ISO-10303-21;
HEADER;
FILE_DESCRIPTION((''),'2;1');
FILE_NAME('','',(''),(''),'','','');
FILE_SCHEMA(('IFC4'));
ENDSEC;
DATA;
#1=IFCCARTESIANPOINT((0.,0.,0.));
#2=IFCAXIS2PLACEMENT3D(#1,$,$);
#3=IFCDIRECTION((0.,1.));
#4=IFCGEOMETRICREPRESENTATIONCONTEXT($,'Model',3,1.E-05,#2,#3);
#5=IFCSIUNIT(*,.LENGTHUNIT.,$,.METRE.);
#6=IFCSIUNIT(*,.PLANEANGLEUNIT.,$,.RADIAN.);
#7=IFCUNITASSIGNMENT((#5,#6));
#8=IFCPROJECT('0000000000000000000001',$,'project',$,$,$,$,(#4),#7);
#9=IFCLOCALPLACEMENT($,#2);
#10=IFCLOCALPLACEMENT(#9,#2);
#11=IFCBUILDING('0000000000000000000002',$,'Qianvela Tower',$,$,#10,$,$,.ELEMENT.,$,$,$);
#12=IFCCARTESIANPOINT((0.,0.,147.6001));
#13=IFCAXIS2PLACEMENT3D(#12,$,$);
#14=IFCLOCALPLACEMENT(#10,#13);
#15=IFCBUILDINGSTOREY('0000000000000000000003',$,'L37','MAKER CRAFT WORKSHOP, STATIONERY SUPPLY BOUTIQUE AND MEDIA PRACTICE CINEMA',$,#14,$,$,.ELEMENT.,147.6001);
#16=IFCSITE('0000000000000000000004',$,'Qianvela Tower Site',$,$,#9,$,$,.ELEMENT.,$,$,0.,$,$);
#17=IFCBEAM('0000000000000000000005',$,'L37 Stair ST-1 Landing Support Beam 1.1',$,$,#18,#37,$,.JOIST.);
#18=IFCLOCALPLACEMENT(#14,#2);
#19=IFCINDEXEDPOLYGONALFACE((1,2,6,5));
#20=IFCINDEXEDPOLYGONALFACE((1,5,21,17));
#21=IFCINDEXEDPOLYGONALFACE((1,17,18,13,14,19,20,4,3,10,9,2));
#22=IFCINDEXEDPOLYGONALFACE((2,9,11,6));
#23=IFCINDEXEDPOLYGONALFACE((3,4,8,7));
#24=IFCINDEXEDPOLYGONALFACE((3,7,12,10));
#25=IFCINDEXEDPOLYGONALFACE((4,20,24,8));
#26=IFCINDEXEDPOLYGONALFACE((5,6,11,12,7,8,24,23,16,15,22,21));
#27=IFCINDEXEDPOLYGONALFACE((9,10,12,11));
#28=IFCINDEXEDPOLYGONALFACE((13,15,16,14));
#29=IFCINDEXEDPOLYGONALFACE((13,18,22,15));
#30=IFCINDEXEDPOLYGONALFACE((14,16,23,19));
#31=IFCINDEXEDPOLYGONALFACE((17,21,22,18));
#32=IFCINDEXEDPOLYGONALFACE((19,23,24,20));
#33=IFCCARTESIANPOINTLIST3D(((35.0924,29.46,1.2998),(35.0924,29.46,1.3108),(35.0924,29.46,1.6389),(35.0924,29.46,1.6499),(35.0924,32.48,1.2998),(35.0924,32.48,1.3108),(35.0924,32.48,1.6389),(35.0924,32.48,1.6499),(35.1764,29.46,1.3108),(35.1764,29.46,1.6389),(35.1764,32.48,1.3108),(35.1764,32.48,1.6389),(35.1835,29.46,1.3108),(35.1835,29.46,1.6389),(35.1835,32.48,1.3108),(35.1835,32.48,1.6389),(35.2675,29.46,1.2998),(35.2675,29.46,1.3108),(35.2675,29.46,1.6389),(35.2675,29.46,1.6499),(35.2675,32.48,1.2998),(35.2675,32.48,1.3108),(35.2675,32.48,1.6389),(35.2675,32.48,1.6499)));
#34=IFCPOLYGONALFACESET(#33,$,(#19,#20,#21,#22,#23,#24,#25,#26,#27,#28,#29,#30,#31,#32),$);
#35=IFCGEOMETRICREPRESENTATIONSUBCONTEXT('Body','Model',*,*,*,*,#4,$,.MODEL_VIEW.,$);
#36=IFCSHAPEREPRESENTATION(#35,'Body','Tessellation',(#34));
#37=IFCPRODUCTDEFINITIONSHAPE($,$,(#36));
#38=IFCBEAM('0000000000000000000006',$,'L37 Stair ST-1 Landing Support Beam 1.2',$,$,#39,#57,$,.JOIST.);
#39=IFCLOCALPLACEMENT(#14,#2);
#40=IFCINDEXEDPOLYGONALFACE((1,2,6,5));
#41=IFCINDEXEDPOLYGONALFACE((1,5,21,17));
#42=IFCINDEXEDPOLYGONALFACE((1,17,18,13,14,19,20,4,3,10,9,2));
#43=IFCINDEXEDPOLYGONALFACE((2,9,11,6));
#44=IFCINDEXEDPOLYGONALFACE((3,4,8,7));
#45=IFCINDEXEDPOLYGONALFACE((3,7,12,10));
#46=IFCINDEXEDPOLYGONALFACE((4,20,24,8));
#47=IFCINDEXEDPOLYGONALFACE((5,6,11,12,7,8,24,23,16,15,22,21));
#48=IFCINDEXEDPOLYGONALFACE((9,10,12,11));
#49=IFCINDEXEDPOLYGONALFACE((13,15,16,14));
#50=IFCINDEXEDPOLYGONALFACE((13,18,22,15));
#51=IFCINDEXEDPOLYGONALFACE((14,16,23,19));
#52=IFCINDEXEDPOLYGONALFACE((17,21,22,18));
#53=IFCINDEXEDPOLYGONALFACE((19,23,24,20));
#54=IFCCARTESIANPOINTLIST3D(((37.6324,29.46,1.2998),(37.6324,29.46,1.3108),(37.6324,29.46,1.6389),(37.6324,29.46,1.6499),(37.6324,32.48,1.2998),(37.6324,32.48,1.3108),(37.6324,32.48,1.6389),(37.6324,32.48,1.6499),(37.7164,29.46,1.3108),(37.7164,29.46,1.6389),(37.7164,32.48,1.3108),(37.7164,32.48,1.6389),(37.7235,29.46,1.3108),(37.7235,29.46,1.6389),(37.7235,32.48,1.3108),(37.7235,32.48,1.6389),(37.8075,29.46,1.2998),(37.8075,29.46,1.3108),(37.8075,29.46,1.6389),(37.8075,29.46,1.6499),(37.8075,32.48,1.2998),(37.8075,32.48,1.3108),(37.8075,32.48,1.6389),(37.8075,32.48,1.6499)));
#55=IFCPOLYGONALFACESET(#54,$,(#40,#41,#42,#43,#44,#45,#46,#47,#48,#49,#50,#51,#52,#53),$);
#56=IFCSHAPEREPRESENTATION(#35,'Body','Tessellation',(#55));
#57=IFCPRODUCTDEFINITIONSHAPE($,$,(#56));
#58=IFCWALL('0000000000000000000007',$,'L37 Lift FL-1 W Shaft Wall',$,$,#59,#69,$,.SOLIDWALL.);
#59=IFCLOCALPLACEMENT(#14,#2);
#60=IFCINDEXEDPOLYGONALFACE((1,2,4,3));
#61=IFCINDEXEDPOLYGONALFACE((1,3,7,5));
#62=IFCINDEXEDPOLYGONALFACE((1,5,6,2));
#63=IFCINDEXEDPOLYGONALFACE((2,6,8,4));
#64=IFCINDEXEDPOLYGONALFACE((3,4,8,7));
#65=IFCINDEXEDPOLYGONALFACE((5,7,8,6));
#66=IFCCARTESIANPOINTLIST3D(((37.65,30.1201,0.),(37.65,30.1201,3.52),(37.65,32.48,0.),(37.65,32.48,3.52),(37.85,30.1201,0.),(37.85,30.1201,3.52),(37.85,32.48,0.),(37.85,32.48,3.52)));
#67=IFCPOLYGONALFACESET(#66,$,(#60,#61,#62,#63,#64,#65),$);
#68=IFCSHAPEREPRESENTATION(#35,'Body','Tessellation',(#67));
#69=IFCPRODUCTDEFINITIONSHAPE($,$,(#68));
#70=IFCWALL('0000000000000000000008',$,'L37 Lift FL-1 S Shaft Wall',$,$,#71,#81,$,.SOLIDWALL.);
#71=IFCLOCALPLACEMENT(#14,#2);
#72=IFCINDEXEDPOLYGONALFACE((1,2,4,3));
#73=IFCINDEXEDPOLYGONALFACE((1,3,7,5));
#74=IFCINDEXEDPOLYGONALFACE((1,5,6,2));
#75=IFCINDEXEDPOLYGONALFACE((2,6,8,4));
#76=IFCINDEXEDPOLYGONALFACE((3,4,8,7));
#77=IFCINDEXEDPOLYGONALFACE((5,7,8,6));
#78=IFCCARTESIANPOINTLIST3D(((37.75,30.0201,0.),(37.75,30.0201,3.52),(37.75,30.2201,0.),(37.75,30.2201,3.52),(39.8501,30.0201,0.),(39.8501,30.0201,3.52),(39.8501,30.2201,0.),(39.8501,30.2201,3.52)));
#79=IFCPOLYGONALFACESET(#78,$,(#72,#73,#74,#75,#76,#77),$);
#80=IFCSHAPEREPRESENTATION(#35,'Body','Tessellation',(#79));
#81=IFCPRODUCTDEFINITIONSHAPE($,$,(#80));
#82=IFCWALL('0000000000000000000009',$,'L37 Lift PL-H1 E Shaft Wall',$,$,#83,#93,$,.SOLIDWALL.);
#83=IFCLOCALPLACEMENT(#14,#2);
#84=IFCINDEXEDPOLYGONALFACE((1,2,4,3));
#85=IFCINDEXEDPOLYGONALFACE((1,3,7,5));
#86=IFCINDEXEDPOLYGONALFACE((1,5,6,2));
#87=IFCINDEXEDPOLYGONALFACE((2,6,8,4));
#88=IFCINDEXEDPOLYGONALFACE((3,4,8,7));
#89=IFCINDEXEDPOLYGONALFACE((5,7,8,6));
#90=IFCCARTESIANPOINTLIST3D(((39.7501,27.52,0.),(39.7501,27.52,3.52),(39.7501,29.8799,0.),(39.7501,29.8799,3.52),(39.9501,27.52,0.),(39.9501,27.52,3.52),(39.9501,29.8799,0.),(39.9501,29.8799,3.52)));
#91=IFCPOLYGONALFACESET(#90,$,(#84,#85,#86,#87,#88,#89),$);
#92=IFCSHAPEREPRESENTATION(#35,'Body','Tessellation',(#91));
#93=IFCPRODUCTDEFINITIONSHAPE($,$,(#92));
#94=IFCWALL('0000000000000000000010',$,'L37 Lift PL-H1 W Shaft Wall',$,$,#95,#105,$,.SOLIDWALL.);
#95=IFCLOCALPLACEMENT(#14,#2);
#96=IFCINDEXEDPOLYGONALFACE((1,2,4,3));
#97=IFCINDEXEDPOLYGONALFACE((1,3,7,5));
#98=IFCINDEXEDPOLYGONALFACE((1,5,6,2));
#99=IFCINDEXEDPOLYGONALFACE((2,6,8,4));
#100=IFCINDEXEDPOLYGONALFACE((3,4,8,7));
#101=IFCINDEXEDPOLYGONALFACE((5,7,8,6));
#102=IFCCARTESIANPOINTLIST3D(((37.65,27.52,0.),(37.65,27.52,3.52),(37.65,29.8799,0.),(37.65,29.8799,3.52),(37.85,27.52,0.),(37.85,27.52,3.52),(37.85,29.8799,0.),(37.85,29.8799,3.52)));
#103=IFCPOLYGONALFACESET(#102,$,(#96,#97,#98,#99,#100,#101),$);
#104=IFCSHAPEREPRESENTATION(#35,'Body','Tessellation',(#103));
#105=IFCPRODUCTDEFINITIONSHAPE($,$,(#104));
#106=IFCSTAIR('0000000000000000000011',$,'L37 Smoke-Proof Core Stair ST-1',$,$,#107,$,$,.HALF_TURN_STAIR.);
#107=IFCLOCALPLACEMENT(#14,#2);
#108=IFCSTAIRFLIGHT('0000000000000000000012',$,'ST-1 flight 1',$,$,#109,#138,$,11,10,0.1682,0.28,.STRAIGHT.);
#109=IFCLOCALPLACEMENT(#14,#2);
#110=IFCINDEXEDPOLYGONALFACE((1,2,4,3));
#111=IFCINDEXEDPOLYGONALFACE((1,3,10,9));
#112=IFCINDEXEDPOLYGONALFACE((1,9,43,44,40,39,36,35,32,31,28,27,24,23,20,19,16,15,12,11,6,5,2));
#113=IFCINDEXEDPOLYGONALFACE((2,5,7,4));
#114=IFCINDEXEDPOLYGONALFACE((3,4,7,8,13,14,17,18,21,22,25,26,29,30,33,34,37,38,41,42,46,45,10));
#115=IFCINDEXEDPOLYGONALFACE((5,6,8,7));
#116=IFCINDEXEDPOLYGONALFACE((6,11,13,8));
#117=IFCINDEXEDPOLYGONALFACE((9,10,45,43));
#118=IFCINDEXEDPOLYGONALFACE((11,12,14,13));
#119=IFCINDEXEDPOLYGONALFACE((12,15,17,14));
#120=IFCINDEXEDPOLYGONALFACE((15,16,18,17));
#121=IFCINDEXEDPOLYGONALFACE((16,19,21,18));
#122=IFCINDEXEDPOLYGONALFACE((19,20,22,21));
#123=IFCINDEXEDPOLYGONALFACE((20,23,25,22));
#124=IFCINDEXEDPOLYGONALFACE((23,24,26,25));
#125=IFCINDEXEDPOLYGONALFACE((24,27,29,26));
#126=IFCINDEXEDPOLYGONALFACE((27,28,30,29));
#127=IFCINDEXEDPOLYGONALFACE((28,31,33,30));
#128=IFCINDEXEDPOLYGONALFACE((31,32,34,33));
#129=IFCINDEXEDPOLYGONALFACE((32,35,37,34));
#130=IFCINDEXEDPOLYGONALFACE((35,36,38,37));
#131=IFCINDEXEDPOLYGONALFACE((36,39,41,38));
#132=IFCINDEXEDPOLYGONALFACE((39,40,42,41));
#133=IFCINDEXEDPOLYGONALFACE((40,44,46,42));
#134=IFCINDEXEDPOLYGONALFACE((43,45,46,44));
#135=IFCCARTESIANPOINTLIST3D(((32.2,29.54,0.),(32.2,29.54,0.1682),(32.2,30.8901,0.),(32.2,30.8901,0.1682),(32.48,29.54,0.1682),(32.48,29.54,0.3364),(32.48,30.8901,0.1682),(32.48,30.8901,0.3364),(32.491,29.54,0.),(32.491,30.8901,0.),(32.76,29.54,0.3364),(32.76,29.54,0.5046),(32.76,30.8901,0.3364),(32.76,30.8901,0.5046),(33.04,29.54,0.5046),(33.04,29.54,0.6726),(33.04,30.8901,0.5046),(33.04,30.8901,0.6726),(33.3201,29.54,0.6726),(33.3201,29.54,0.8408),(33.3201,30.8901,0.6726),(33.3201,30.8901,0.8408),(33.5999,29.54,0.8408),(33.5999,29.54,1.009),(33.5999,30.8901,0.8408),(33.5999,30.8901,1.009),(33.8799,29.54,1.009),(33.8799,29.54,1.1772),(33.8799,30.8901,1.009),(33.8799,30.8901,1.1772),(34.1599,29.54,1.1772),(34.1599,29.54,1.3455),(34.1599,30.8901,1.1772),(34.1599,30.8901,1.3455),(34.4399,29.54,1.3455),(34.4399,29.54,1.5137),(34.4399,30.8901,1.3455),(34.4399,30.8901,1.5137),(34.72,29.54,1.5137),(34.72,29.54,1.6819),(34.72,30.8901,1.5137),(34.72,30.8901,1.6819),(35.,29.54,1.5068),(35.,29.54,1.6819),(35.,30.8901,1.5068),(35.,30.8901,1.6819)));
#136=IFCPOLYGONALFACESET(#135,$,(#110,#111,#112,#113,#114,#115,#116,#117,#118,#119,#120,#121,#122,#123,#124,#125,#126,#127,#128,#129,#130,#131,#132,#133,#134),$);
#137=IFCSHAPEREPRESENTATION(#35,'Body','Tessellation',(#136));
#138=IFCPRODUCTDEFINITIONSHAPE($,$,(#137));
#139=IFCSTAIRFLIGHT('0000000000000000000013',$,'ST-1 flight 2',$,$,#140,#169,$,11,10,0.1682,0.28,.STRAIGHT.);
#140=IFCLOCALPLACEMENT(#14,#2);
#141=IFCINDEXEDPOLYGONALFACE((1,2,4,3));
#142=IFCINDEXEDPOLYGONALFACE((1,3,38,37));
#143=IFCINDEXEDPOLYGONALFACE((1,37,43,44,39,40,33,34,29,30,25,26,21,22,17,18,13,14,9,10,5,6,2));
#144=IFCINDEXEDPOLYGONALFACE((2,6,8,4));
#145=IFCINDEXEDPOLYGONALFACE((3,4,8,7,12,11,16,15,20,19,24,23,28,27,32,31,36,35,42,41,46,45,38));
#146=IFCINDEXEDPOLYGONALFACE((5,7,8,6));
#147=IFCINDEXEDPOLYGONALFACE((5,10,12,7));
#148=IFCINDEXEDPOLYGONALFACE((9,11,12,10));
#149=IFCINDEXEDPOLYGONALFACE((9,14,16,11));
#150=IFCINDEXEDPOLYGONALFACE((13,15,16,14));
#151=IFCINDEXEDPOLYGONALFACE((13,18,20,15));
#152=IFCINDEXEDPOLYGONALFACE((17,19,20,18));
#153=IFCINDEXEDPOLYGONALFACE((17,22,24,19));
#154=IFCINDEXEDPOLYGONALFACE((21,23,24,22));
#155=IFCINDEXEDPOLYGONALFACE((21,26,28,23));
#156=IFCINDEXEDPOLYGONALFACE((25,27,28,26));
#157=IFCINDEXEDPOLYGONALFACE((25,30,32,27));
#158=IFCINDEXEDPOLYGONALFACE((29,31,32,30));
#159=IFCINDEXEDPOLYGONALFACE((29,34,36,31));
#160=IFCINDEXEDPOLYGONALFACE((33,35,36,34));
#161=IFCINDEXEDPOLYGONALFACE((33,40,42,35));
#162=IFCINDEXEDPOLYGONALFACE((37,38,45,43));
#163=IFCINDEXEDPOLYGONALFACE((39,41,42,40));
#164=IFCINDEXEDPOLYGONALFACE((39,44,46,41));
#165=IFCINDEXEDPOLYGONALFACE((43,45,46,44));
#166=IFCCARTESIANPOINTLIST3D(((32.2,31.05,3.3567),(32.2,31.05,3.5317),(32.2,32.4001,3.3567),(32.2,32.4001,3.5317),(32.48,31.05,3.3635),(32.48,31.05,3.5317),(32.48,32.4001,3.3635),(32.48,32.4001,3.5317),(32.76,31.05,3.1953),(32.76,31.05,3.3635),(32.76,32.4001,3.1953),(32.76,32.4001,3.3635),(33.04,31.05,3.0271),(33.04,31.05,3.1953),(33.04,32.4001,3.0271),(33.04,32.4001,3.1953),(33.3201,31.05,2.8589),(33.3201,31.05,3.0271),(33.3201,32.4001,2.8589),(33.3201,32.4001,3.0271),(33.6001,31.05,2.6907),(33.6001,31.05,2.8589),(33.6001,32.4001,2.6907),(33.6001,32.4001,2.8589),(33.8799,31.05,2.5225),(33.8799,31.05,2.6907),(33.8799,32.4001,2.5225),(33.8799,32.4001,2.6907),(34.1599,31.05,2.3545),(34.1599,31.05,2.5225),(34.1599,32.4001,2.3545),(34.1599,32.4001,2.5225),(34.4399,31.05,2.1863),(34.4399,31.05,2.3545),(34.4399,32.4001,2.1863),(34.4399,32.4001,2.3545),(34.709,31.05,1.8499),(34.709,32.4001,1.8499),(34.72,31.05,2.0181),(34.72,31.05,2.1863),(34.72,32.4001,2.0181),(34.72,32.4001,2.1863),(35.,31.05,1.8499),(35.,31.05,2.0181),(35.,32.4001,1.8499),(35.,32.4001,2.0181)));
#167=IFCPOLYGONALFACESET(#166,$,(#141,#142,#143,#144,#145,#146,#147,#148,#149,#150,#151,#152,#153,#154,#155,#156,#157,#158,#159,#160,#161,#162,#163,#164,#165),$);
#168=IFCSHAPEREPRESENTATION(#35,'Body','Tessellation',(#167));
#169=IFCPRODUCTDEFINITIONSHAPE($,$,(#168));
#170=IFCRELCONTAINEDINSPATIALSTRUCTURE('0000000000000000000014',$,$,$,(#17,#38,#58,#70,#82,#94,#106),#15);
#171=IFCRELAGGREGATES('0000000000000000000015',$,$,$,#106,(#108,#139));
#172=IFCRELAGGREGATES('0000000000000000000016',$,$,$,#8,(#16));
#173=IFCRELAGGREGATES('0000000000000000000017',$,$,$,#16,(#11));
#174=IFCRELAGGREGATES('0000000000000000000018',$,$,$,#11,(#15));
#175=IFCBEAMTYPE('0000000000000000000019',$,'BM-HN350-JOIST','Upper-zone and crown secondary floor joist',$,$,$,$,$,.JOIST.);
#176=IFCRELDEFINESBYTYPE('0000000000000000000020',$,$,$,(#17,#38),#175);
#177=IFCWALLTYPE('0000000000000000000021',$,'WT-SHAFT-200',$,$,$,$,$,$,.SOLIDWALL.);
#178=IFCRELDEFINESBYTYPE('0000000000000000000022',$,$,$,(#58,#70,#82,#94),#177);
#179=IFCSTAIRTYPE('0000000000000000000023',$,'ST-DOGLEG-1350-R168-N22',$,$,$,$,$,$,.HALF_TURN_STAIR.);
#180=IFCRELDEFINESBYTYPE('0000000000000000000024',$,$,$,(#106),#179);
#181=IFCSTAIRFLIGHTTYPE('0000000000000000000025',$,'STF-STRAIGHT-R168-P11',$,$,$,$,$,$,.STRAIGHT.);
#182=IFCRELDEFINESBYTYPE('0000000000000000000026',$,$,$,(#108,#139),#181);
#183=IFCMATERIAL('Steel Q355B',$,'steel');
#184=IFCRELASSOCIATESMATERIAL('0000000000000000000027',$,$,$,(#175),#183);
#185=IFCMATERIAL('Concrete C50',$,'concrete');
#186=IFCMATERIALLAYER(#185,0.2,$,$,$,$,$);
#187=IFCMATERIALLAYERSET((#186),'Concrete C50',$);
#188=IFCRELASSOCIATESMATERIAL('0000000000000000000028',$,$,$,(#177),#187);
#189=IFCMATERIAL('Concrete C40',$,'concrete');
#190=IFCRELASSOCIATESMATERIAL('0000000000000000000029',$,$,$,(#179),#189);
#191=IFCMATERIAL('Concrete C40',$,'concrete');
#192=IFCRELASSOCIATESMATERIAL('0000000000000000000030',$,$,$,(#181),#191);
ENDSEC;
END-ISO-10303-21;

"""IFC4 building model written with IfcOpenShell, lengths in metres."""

from ifc_helpers import new_model, si_unit, direction, frame, frame_2d, origin, origin_2d, place, context, subcontext, project, spatial, polyline, rectangle, i_section, outline, extrude, material, layer, layer_set, material_profile, profile_set, type_object, element, aggregate, save


model = new_model("IFC4")

# Units and contexts
model_context = context("Model", 3, precision=1e-05, world=origin(), true_north=direction((0.0, 1.0)))
body_context = subcontext(model_context, "Body", "Model", "MODEL_VIEW")
ifc_project = project(units=[si_unit("LENGTHUNIT", "METRE"), si_unit("PLANEANGLEUNIT", "RADIAN")], contexts=[model_context])

# Site, building, storey
site_placement = place(None, origin())
site = spatial("IfcSite", under=ifc_project, at=site_placement, Name="Qianvela Tower Site", CompositionType="ELEMENT", RefElevation=0.0)
building_placement = place(site_placement, origin())
building = spatial("IfcBuilding", under=site, at=building_placement, Name="Qianvela Tower", CompositionType="ELEMENT")
storey_placement = place(building_placement, frame((0.0, 0.0, 147.6001)))
storey = spatial("IfcBuildingStorey", under=building, at=storey_placement, Name="L37", Description="MAKER CRAFT WORKSHOP, STATIONERY SUPPLY BOUTIQUE AND MEDIA PRACTICE CINEMA", CompositionType="ELEMENT", Elevation=147.6001)

# Beams
ifc_material_1 = material(Name="Steel Q355B", Category="steel")
ifc_material_profile = material_profile(ifc_material_1, i_section(OverallWidth=0.175, OverallDepth=0.3501, WebThickness=0.0071, FlangeThickness=0.011, at=origin_2d()), Name="HN350x175x7x11")
ifc_profile_set = profile_set([ifc_material_profile], Name="Steel Q355B")
beam_type = type_object("IfcBeamType", Name="BM-HN350-JOIST", Description="Upper-zone and crown secondary floor joist", PredefinedType="JOIST", material=ifc_profile_set)
for number, where, z_axis, x_axis, name in (
    (1, (35.1799, 29.46, 1.4749), (0.0, 1.0, 0.0), (-1.0, 0.0, 0.0), "L37 Stair ST-1 Landing Support Beam 1.1"),
    (2, (37.72, 29.46, 1.4749), (0.0, 1.0, 0.0), (-1.0, 0.0, 0.0), "L37 Stair ST-1 Landing Support Beam 1.2"),
):
    element("IfcBeam", number, at=place(storey_placement, frame(where, z_axis=z_axis, x_axis=x_axis)), inside=storey, type_object=beam_type, Name=name, PredefinedType="JOIST", context=body_context, shape_type="SweptSolid", body=[
        extrude(i_section(OverallWidth=0.175, OverallDepth=0.3501, WebThickness=0.0071, FlangeThickness=0.011, at=origin_2d()), origin(), (0.0, 0.0, 1.0), 3.02),
    ])

# Shared definitions
ifc_material_2 = material(Name="Concrete C50", Category="concrete")
ifc_layer = layer(ifc_material_2, 0.2)
ifc_layer_set = layer_set([ifc_layer], Name="Concrete C50")
wall_type = type_object("IfcWallType", Name="WT-SHAFT-200", PredefinedType="SOLIDWALL", material=ifc_layer_set)

# Walls
wall_1_placement = place(storey_placement, frame((37.75, 30.1201, 0.0), z_axis=(0.0, 0.0, 1.0), x_axis=(0.0, 1.0, 0.0)))
element("IfcWall", 3, at=wall_1_placement, inside=storey, type_object=wall_type, Name="L37 Lift FL-1 W Shaft Wall", PredefinedType="SOLIDWALL", context=body_context, shape_type="SweptSolid", body=[
    extrude(rectangle(XDim=2.3599, YDim=0.2, at=frame_2d((1.1799, 0.0))), origin(), (0.0, 0.0, 1.0), 3.52),
])
wall_2_placement = place(storey_placement, frame((37.75, 30.1201, 0.0), z_axis=(0.0, 0.0, 1.0), x_axis=(1.0, 0.0, 0.0)))
element("IfcWall", 4, at=wall_2_placement, inside=storey, type_object=wall_type, Name="L37 Lift FL-1 S Shaft Wall", PredefinedType="SOLIDWALL", context=body_context, shape_type="SweptSolid", body=[
    extrude(rectangle(XDim=2.1001, YDim=0.2, at=frame_2d((1.05, 0.0))), origin(), (0.0, 0.0, 1.0), 3.52),
])
for number, where, z_axis, x_axis, name in (
    (5, (39.8501, 27.52, 0.0), (0.0, 0.0, 1.0), (0.0, 1.0, 0.0), "L37 Lift PL-H1 E Shaft Wall"),
    (6, (37.75, 27.52, 0.0), (0.0, 0.0, 1.0), (0.0, 1.0, 0.0), "L37 Lift PL-H1 W Shaft Wall"),
):
    element("IfcWall", number, at=place(storey_placement, frame(where, z_axis=z_axis, x_axis=x_axis)), inside=storey, type_object=wall_type, Name=name, PredefinedType="SOLIDWALL", context=body_context, shape_type="SweptSolid", body=[
        extrude(rectangle(XDim=2.3599, YDim=0.2, at=frame_2d((1.1799, 0.0))), origin(), (0.0, 0.0, 1.0), 3.52),
    ])

# Stair, stair flights
ifc_material_3 = material(Name="Concrete C40", Category="concrete")
stair_type = type_object("IfcStairType", Name="ST-DOGLEG-1350-R168-N22", PredefinedType="HALF_TURN_STAIR", material=ifc_material_3)
stair_placement = place(storey_placement, origin())
stair = element("IfcStair", 7, at=stair_placement, inside=storey, type_object=stair_type, Name="L37 Smoke-Proof Core Stair ST-1", PredefinedType="HALF_TURN_STAIR")
ifc_material_4 = material(Name="Concrete C40", Category="concrete")
stair_flight_type = type_object("IfcStairFlightType", Name="STF-STRAIGHT-R168-P11", PredefinedType="STRAIGHT", material=ifc_material_4)
stair_flight_1_placement = place(storey_placement, frame((32.2, 30.2151, 0.0), z_axis=(0.0, 0.0, 1.0), x_axis=(1.0, 0.0, 0.0)))
stair_flight_1 = element("IfcStairFlight", 8, at=stair_flight_1_placement, type_object=stair_flight_type, Name="ST-1 flight 1", NumberOfRisers=11, NumberOfTreads=10, PredefinedType="STRAIGHT", RiserHeight=0.1682, TreadLength=0.28, context=body_context, shape_type="SweptSolid", body=[
    extrude(outline(polyline([(0.0, 0.0), (0.0, 0.1682), (0.28, 0.1682), (0.28, 0.3364), (0.5601, 0.3364), (0.5601, 0.5046), (0.8401, 0.5046), (0.8401, 0.6726), (1.1201, 0.6726), (1.1201, 0.8408), (1.3999, 0.8408), (1.3999, 1.009), (1.6799, 1.009), (1.6799, 1.1772), (1.96, 1.1772), (1.96, 1.3455), (2.24, 1.3455), (2.24, 1.5137), (2.52, 1.5137), (2.52, 1.6819), (2.8, 1.6819), (2.8, 1.8501), (2.8, 1.5068), (0.291, 0.0), (0.0, 0.0)])), frame((0.0, 0.675, 0.0), z_axis=(0.0, -1.0, 0.0), x_axis=(1.0, 0.0, 0.0)), (0.0, 0.0, 1.0), 1.3501),
])
stair_flight_2_placement = place(storey_placement, frame((35.0, 31.7251, 1.8499), z_axis=(0.0, 0.0, 1.0), x_axis=(-1.0, 0.0, 0.0)))
stair_flight_2 = element("IfcStairFlight", 9, at=stair_flight_2_placement, type_object=stair_flight_type, Name="ST-1 flight 2", NumberOfRisers=11, NumberOfTreads=10, PredefinedType="STRAIGHT", RiserHeight=0.1682, TreadLength=0.28, context=body_context, shape_type="SweptSolid", body=[
    extrude(outline(polyline([(0.0, 0.0), (0.0, 0.1682), (0.28, 0.1682), (0.28, 0.3364), (0.5601, 0.3364), (0.5601, 0.5046), (0.8401, 0.5046), (0.8401, 0.6726), (1.1201, 0.6726), (1.1201, 0.8408), (1.3999, 0.8408), (1.3999, 1.009), (1.6799, 1.009), (1.6799, 1.1772), (1.96, 1.1772), (1.96, 1.3455), (2.24, 1.3455), (2.24, 1.5137), (2.52, 1.5137), (2.52, 1.6819), (2.8, 1.6819), (2.8, 1.8501), (2.8, 1.5068), (0.291, 0.0), (0.0, 0.0)])), frame((0.0, 0.675, 0.0), z_axis=(0.0, -1.0, 0.0), x_axis=(1.0, 0.0, 0.0)), (0.0, 0.0, 1.0), 1.3501),
])
aggregate(stair, [stair_flight_1, stair_flight_2])

save(model, "model.ifc")
